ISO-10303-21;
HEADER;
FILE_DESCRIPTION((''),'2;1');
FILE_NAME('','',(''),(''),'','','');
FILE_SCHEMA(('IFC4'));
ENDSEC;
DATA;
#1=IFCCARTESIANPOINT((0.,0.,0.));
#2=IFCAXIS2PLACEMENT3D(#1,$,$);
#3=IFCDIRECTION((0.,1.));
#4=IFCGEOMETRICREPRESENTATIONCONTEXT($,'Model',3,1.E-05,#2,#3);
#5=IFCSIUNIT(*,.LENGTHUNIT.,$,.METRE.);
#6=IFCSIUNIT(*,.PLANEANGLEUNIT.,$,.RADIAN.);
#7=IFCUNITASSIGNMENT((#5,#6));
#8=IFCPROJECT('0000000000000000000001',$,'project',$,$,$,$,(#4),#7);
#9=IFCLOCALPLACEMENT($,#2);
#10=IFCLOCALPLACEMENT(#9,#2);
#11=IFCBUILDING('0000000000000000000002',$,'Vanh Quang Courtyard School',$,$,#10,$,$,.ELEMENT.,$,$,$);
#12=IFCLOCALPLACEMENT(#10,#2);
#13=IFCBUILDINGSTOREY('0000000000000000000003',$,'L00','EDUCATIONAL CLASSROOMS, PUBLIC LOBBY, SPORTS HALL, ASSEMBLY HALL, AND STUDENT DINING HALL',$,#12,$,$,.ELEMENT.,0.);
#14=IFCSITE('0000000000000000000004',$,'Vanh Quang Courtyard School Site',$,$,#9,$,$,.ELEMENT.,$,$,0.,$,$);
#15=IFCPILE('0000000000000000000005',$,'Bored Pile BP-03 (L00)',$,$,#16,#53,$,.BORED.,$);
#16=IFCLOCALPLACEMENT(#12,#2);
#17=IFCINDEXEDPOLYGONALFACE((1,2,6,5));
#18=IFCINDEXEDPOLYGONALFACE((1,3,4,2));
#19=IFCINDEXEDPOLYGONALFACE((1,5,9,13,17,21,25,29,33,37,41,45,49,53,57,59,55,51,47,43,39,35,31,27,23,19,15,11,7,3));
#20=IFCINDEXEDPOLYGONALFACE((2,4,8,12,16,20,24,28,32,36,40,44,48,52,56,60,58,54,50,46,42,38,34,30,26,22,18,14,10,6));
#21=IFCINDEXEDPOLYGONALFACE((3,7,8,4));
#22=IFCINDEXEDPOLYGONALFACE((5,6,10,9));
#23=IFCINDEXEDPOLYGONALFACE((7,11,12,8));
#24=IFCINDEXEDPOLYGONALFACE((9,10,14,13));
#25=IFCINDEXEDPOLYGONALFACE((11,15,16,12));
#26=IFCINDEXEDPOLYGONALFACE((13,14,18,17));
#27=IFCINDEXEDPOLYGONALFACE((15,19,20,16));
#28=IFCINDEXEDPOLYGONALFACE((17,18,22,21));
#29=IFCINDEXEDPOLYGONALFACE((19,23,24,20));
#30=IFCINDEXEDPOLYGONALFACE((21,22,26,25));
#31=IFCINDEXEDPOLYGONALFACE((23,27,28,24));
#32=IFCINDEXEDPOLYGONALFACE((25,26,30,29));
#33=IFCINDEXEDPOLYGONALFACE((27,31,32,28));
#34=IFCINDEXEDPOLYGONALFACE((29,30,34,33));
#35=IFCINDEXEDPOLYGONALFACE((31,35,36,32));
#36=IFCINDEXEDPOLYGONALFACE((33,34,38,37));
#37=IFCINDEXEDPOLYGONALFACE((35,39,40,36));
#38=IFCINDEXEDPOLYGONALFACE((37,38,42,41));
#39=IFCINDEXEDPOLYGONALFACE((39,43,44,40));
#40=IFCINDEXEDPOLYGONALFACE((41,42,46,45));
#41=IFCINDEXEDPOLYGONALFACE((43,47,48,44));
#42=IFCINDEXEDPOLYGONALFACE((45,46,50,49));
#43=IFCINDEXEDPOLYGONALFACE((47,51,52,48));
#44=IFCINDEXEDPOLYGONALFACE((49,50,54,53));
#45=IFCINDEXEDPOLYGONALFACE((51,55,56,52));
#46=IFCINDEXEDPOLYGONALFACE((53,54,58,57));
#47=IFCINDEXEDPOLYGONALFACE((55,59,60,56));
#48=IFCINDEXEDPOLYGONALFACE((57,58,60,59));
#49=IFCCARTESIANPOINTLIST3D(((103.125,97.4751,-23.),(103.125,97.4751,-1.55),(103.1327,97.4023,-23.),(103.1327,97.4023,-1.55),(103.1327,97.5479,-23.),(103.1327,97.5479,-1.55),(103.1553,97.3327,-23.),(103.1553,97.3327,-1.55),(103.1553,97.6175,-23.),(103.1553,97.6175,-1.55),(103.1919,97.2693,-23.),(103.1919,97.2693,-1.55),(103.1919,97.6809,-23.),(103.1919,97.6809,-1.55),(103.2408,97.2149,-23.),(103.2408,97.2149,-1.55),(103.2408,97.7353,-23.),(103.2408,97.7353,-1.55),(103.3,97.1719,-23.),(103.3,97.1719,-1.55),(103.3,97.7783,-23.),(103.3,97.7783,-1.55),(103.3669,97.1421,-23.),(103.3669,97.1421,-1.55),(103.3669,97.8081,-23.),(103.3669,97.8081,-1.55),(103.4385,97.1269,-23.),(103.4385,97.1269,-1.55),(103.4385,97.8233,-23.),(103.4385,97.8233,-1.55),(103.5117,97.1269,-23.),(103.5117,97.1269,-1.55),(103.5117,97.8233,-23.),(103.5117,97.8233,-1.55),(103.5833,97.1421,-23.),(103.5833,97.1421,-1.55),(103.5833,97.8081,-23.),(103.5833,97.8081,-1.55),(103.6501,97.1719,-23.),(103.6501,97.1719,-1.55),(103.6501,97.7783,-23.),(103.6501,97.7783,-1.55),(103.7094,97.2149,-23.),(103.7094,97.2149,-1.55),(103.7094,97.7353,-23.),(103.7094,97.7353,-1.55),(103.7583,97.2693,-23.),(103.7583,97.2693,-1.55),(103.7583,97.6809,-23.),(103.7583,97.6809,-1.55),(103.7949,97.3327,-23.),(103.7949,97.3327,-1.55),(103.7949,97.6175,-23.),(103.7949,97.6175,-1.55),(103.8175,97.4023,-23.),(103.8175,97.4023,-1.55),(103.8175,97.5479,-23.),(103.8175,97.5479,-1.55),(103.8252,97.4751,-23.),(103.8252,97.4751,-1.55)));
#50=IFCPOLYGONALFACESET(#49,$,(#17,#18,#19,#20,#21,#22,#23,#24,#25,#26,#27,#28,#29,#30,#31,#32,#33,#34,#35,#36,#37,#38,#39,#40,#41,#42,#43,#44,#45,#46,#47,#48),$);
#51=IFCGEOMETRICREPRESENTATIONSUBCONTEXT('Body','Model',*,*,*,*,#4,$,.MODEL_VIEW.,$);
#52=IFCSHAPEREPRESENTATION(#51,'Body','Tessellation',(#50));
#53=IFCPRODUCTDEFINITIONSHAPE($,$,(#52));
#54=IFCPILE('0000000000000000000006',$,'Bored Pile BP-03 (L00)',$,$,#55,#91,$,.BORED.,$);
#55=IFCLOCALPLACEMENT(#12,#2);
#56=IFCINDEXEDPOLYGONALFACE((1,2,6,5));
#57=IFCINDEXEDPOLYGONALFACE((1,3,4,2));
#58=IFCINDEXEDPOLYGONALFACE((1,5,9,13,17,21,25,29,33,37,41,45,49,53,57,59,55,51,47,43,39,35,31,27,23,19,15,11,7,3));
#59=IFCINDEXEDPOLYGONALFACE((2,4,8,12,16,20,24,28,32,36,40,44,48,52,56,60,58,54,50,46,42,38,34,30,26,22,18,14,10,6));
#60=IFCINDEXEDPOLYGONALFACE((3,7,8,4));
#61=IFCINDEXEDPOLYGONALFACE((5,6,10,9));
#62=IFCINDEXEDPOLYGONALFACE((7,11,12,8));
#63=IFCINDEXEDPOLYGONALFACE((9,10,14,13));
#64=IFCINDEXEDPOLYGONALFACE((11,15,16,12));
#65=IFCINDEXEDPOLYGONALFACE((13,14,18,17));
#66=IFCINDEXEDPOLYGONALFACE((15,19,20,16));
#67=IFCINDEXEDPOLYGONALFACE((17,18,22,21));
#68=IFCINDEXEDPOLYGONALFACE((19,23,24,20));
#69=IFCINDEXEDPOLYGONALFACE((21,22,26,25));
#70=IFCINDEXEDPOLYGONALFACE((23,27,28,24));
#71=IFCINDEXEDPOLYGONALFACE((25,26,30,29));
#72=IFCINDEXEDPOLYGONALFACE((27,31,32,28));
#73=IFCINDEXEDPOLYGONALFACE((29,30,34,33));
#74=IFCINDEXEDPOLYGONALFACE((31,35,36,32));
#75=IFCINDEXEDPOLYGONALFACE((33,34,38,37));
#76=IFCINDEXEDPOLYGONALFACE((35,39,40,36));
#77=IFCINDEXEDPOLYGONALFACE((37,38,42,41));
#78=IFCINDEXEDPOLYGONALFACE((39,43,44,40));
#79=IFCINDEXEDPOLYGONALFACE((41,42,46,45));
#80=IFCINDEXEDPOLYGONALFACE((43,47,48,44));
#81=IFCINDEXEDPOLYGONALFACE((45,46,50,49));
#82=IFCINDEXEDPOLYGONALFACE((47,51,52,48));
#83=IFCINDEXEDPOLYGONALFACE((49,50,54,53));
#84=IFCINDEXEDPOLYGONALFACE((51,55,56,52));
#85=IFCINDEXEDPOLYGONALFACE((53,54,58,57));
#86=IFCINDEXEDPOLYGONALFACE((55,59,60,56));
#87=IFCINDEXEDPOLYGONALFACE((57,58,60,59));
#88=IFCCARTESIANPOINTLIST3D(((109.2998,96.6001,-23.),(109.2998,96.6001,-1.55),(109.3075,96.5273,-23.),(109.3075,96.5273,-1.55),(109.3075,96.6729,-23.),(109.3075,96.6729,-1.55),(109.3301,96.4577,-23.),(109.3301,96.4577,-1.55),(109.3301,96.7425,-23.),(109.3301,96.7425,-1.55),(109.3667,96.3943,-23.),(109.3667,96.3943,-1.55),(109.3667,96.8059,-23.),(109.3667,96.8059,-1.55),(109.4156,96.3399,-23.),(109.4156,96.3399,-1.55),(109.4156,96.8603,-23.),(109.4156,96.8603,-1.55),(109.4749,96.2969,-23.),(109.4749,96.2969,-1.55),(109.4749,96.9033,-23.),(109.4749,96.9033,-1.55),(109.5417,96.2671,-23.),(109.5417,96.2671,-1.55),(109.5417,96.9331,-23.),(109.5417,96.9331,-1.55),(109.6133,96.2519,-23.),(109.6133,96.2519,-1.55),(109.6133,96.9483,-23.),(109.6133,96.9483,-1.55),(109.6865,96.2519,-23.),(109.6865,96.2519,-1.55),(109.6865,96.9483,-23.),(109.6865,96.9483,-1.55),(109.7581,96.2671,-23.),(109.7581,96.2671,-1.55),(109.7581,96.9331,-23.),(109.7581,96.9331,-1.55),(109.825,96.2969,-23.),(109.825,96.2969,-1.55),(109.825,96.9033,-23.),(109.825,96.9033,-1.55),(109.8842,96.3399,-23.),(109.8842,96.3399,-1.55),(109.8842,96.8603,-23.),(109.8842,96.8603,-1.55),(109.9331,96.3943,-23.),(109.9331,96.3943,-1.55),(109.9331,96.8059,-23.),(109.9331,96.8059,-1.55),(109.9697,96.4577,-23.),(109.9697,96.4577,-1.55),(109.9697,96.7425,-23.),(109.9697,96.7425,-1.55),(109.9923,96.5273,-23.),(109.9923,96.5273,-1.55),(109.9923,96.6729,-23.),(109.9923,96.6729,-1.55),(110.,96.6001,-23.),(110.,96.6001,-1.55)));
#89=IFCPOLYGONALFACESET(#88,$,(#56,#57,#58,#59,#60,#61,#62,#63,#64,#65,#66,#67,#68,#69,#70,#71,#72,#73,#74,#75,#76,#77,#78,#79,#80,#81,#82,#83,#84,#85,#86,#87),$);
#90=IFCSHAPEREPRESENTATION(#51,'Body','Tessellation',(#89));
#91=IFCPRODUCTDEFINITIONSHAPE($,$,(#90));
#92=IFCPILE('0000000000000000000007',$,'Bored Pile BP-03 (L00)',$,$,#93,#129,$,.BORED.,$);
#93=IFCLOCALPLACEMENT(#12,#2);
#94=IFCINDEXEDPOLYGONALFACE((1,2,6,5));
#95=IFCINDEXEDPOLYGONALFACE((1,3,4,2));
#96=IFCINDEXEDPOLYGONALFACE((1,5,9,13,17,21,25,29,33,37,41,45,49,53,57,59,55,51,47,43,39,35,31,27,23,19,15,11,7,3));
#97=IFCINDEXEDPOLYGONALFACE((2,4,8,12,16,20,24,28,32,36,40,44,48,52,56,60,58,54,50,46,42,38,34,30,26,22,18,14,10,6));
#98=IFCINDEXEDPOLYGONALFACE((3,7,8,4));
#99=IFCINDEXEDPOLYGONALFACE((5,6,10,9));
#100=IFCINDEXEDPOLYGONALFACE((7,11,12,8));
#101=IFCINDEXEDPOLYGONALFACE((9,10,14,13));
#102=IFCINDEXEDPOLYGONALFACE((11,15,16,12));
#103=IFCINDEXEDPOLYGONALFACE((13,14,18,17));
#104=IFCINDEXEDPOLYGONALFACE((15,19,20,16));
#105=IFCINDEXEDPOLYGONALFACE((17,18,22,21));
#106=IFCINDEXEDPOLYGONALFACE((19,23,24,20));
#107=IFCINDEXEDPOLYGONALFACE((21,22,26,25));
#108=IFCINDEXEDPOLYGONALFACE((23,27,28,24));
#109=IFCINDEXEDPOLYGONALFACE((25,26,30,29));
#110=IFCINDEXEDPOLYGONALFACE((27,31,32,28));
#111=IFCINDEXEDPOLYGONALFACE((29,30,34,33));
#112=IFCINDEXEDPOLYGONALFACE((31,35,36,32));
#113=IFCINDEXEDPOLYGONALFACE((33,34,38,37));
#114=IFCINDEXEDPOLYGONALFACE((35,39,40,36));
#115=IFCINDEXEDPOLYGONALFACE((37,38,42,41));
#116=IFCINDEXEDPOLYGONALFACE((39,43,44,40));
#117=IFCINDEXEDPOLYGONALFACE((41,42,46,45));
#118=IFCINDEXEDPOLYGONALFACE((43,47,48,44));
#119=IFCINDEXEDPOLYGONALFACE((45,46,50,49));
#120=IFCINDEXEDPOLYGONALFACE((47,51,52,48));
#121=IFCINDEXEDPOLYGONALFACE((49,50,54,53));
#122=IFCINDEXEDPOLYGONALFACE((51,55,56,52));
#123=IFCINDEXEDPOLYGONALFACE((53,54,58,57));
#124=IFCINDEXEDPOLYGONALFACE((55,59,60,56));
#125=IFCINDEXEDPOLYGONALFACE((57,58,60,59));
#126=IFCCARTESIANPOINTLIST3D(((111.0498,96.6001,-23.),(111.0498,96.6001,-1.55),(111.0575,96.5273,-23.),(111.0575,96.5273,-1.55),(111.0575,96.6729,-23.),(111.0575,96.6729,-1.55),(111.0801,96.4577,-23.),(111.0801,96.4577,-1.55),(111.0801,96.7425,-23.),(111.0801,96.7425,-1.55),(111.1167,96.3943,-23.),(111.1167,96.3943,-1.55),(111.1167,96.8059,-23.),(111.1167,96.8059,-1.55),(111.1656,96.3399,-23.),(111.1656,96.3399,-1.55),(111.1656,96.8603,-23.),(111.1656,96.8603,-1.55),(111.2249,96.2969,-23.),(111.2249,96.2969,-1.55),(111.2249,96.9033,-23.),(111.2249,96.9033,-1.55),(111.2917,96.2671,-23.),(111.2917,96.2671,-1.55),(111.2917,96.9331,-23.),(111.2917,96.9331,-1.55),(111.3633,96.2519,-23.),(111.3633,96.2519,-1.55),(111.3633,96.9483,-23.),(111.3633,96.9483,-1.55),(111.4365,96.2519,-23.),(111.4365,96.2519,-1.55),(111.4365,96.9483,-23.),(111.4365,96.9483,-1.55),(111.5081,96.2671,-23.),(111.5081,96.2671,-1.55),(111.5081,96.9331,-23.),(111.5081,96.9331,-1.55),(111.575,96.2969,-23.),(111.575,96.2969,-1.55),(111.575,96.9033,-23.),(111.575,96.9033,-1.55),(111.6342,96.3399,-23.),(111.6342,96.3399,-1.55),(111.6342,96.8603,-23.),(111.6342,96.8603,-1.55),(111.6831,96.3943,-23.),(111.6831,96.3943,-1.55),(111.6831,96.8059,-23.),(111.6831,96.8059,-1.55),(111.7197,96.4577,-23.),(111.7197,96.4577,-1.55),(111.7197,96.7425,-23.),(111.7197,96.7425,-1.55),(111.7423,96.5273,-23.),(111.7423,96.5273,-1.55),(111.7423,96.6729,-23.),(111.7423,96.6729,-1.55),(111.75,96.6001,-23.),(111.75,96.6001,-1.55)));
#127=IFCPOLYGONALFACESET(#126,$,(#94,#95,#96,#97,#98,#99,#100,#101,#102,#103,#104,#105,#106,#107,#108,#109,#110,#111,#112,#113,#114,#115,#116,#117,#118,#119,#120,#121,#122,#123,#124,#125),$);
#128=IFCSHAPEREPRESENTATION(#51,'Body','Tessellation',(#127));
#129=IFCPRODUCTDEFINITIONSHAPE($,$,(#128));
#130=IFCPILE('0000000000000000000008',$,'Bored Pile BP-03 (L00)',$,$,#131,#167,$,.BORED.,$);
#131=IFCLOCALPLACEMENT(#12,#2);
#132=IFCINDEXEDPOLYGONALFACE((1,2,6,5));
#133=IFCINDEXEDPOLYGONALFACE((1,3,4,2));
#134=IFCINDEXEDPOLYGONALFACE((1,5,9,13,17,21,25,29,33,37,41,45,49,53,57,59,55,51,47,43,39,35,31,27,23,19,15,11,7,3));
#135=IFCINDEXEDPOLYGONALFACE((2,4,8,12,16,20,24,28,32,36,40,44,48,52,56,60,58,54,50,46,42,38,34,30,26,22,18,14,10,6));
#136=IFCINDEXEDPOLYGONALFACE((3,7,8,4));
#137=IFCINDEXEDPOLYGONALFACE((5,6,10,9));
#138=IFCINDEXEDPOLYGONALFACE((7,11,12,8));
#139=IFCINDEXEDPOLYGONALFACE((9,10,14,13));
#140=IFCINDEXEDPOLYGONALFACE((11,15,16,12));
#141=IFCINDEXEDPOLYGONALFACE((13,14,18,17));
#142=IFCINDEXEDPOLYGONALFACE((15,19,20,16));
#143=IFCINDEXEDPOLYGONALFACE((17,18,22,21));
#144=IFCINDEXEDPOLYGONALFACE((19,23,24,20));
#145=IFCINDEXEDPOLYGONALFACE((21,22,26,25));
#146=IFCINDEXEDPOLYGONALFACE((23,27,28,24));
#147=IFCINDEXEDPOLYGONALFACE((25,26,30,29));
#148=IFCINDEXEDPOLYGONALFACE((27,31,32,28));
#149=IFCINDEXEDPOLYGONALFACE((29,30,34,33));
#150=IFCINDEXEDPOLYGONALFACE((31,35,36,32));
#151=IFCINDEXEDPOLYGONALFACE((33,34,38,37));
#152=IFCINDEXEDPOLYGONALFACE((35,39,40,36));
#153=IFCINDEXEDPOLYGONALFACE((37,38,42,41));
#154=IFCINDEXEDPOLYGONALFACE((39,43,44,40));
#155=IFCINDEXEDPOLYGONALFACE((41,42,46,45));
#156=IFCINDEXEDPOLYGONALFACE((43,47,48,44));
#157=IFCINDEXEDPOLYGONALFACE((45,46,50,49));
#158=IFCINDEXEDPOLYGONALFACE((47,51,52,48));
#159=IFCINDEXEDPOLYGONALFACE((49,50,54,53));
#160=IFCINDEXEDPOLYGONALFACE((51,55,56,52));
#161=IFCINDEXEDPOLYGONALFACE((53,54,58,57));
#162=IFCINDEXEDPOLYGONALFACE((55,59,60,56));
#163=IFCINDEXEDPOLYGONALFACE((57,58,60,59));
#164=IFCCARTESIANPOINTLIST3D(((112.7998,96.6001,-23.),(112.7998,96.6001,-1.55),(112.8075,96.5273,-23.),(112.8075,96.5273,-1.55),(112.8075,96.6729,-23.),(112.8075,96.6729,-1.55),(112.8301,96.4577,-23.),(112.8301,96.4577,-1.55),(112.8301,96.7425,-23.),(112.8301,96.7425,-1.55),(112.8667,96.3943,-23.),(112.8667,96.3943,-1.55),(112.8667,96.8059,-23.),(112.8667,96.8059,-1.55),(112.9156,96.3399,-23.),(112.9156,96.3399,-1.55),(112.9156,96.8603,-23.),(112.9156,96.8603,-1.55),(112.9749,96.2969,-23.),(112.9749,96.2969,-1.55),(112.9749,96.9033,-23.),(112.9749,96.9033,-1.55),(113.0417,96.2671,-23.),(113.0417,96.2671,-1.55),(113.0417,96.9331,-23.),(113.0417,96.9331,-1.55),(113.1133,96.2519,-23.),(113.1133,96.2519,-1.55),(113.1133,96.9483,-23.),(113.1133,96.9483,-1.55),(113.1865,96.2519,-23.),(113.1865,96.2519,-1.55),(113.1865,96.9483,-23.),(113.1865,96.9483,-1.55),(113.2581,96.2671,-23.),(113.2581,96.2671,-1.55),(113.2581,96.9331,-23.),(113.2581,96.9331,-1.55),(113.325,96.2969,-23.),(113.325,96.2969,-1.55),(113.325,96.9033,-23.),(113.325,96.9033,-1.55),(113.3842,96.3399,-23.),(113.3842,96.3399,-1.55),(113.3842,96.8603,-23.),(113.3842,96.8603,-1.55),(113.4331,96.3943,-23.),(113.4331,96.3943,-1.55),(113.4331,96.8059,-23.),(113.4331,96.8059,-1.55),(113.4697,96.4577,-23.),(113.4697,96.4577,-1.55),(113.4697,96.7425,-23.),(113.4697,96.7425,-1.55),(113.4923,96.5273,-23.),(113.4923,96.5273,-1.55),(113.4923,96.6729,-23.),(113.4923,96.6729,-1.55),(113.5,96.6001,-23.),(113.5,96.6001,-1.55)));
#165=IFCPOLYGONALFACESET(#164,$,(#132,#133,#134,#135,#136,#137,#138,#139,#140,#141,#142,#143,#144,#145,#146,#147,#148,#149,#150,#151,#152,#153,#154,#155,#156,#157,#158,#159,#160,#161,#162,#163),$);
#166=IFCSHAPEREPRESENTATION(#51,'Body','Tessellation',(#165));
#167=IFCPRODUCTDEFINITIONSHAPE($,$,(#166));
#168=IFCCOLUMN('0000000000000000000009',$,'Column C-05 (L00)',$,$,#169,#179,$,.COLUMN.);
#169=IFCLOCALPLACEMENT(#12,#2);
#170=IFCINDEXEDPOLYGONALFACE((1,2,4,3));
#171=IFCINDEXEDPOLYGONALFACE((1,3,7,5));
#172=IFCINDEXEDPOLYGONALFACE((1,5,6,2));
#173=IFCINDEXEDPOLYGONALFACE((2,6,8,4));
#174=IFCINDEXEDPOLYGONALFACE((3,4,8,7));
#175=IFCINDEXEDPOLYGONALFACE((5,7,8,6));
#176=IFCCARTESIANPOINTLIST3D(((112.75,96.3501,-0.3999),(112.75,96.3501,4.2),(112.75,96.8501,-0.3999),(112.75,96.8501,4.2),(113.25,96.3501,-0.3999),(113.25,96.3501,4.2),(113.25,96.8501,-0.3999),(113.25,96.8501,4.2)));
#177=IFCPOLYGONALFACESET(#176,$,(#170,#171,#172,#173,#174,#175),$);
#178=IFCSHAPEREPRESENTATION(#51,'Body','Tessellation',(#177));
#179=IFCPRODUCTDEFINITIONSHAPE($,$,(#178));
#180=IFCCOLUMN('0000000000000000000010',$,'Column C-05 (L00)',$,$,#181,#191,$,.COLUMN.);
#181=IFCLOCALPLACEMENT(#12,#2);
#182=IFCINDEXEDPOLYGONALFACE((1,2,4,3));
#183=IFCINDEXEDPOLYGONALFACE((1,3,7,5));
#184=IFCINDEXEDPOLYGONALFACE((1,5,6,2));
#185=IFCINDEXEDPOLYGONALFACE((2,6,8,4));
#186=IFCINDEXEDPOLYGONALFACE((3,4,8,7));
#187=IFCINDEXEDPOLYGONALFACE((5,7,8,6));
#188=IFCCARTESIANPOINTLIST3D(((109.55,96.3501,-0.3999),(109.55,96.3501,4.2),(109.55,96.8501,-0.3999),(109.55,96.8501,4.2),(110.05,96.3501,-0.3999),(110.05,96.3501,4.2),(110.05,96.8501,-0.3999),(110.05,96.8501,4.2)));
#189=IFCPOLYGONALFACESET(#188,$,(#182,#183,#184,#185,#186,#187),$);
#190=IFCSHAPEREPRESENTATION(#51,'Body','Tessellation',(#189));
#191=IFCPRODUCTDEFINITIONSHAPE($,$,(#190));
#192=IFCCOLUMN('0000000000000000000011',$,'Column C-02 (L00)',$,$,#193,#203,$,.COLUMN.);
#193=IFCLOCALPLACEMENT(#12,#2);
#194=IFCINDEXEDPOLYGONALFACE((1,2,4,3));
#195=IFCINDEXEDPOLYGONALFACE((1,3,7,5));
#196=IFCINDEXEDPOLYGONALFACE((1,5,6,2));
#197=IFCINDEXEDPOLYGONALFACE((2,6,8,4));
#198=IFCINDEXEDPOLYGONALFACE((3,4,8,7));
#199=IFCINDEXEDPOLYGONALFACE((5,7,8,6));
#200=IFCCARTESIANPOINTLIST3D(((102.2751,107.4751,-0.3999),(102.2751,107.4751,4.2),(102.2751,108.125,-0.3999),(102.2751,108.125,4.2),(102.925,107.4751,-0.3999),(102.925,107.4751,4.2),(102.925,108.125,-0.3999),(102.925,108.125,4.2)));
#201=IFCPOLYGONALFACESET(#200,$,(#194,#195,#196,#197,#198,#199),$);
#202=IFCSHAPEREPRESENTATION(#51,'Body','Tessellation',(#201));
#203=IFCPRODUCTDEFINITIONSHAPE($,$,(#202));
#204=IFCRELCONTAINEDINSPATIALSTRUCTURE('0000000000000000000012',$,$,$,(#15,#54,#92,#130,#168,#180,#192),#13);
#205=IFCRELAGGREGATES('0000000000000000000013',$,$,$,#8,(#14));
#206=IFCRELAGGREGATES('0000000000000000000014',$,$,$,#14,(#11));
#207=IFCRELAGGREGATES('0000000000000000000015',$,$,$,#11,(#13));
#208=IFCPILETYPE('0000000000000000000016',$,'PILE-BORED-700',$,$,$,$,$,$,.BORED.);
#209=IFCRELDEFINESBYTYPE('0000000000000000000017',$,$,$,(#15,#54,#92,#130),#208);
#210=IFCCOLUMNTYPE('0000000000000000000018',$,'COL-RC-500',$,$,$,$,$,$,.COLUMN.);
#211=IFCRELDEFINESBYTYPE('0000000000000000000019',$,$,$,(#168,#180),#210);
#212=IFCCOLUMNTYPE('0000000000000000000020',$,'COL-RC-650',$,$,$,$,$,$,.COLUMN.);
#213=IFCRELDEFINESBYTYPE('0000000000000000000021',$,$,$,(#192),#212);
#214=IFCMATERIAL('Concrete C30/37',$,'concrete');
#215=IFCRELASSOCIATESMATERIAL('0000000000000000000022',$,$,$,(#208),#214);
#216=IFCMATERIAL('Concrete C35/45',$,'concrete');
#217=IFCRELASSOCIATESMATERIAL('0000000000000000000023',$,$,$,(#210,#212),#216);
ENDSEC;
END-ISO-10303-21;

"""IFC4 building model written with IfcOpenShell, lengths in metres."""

from ifc_helpers import new_model, si_unit, direction, frame, origin, origin_2d, place, context, subcontext, project, spatial, rectangle, circle, extrude, material, material_profile, profile_set, type_object, element, save


model = new_model("IFC4")

# Units and contexts
model_context = context("Model", 3, precision=1e-05, world=origin(), true_north=direction((0.0, 1.0)))
body_context = subcontext(model_context, "Body", "Model", "MODEL_VIEW")
ifc_project = project(units=[si_unit("LENGTHUNIT", "METRE"), si_unit("PLANEANGLEUNIT", "RADIAN")], contexts=[model_context])

# Site, building, storey
site_placement = place(None, origin())
site = spatial("IfcSite", under=ifc_project, at=site_placement, Name="Vanh Quang Courtyard School Site", CompositionType="ELEMENT", RefElevation=0.0)
building_placement = place(site_placement, origin())
building = spatial("IfcBuilding", under=site, at=building_placement, Name="Vanh Quang Courtyard School", CompositionType="ELEMENT")
storey_placement = place(building_placement, origin())
storey = spatial("IfcBuildingStorey", under=building, at=storey_placement, Name="L00", Description="EDUCATIONAL CLASSROOMS, PUBLIC LOBBY, SPORTS HALL, ASSEMBLY HALL, AND STUDENT DINING HALL", CompositionType="ELEMENT", Elevation=0.0)

# Shared definitions
ifc_material_1 = material(Name="Concrete C35/45", Category="concrete")

# Piles
ifc_material_2 = material(Name="Concrete C30/37", Category="concrete")
ifc_material_profile_1 = material_profile(ifc_material_2, circle(Radius=0.3501, at=origin_2d()), Name="PILE D700")
ifc_profile_set_1 = profile_set([ifc_material_profile_1], Name="Concrete C30/37")
pile_type = type_object("IfcPileType", Name="PILE-BORED-700", PredefinedType="BORED", material=ifc_profile_set_1)
for number, where, z_axis, x_axis, name in (
    (1, (103.4751, 97.4751, -1.55), (0.0, 0.0, -1.0), (1.0, 0.0, 0.0), "Bored Pile BP-03 (L00)"),
    (2, (109.6499, 96.6001, -1.55), (0.0, 0.0, -1.0), (1.0, 0.0, 0.0), "Bored Pile BP-03 (L00)"),
    (3, (111.3999, 96.6001, -1.55), (0.0, 0.0, -1.0), (1.0, 0.0, 0.0), "Bored Pile BP-03 (L00)"),
    (4, (113.1499, 96.6001, -1.55), (0.0, 0.0, -1.0), (1.0, 0.0, 0.0), "Bored Pile BP-03 (L00)"),
):
    element("IfcPile", number, at=place(storey_placement, frame(where, z_axis=z_axis, x_axis=x_axis)), inside=storey, type_object=pile_type, Name=name, PredefinedType="BORED", context=body_context, shape_type="SweptSolid", body=[
        extrude(circle(Radius=0.3501, at=origin_2d()), origin(), (0.0, 0.0, 1.0), 21.45),
    ])

# Columns
ifc_material_profile_2 = material_profile(ifc_material_1, rectangle(XDim=0.5, YDim=0.5, at=origin_2d()), Name="RC-COL 500x500")
ifc_profile_set_2 = profile_set([ifc_material_profile_2], Name="Concrete C35/45")
column_type_1 = type_object("IfcColumnType", Name="COL-RC-500", PredefinedType="COLUMN", material=ifc_profile_set_2)
for number, where, z_axis, x_axis, name in (
    (5, (113.0, 96.6001, -0.3999), (0.0, 0.0, 1.0), (1.0, 0.0, 0.0), "Column C-05 (L00)"),
    (6, (109.8, 96.6001, -0.3999), (0.0, 0.0, 1.0), (1.0, 0.0, 0.0), "Column C-05 (L00)"),
):
    element("IfcColumn", number, at=place(storey_placement, frame(where, z_axis=z_axis, x_axis=x_axis)), inside=storey, type_object=column_type_1, Name=name, PredefinedType="COLUMN", context=body_context, shape_type="SweptSolid", body=[
        extrude(rectangle(XDim=0.5, YDim=0.5, at=origin_2d()), origin(), (0.0, 0.0, 1.0), 4.5999),
    ])
ifc_material_profile_3 = material_profile(ifc_material_1, rectangle(XDim=0.6499, YDim=0.6499, at=origin_2d()), Name="RC-COL 650x650")
ifc_profile_set_3 = profile_set([ifc_material_profile_3], Name="Concrete C35/45")
column_type_2 = type_object("IfcColumnType", Name="COL-RC-650", PredefinedType="COLUMN", material=ifc_profile_set_3)
for number, where, z_axis, x_axis, name in (
    (7, (102.6001, 107.8, -0.3999), (0.0, 0.0, 1.0), (1.0, 0.0, 0.0), "Column C-02 (L00)"),
):
    element("IfcColumn", number, at=place(storey_placement, frame(where, z_axis=z_axis, x_axis=x_axis)), inside=storey, type_object=column_type_2, Name=name, PredefinedType="COLUMN", context=body_context, shape_type="SweptSolid", body=[
        extrude(rectangle(XDim=0.6499, YDim=0.6499, at=origin_2d()), origin(), (0.0, 0.0, 1.0), 4.5999),
    ])

save(model, "model.ifc")
